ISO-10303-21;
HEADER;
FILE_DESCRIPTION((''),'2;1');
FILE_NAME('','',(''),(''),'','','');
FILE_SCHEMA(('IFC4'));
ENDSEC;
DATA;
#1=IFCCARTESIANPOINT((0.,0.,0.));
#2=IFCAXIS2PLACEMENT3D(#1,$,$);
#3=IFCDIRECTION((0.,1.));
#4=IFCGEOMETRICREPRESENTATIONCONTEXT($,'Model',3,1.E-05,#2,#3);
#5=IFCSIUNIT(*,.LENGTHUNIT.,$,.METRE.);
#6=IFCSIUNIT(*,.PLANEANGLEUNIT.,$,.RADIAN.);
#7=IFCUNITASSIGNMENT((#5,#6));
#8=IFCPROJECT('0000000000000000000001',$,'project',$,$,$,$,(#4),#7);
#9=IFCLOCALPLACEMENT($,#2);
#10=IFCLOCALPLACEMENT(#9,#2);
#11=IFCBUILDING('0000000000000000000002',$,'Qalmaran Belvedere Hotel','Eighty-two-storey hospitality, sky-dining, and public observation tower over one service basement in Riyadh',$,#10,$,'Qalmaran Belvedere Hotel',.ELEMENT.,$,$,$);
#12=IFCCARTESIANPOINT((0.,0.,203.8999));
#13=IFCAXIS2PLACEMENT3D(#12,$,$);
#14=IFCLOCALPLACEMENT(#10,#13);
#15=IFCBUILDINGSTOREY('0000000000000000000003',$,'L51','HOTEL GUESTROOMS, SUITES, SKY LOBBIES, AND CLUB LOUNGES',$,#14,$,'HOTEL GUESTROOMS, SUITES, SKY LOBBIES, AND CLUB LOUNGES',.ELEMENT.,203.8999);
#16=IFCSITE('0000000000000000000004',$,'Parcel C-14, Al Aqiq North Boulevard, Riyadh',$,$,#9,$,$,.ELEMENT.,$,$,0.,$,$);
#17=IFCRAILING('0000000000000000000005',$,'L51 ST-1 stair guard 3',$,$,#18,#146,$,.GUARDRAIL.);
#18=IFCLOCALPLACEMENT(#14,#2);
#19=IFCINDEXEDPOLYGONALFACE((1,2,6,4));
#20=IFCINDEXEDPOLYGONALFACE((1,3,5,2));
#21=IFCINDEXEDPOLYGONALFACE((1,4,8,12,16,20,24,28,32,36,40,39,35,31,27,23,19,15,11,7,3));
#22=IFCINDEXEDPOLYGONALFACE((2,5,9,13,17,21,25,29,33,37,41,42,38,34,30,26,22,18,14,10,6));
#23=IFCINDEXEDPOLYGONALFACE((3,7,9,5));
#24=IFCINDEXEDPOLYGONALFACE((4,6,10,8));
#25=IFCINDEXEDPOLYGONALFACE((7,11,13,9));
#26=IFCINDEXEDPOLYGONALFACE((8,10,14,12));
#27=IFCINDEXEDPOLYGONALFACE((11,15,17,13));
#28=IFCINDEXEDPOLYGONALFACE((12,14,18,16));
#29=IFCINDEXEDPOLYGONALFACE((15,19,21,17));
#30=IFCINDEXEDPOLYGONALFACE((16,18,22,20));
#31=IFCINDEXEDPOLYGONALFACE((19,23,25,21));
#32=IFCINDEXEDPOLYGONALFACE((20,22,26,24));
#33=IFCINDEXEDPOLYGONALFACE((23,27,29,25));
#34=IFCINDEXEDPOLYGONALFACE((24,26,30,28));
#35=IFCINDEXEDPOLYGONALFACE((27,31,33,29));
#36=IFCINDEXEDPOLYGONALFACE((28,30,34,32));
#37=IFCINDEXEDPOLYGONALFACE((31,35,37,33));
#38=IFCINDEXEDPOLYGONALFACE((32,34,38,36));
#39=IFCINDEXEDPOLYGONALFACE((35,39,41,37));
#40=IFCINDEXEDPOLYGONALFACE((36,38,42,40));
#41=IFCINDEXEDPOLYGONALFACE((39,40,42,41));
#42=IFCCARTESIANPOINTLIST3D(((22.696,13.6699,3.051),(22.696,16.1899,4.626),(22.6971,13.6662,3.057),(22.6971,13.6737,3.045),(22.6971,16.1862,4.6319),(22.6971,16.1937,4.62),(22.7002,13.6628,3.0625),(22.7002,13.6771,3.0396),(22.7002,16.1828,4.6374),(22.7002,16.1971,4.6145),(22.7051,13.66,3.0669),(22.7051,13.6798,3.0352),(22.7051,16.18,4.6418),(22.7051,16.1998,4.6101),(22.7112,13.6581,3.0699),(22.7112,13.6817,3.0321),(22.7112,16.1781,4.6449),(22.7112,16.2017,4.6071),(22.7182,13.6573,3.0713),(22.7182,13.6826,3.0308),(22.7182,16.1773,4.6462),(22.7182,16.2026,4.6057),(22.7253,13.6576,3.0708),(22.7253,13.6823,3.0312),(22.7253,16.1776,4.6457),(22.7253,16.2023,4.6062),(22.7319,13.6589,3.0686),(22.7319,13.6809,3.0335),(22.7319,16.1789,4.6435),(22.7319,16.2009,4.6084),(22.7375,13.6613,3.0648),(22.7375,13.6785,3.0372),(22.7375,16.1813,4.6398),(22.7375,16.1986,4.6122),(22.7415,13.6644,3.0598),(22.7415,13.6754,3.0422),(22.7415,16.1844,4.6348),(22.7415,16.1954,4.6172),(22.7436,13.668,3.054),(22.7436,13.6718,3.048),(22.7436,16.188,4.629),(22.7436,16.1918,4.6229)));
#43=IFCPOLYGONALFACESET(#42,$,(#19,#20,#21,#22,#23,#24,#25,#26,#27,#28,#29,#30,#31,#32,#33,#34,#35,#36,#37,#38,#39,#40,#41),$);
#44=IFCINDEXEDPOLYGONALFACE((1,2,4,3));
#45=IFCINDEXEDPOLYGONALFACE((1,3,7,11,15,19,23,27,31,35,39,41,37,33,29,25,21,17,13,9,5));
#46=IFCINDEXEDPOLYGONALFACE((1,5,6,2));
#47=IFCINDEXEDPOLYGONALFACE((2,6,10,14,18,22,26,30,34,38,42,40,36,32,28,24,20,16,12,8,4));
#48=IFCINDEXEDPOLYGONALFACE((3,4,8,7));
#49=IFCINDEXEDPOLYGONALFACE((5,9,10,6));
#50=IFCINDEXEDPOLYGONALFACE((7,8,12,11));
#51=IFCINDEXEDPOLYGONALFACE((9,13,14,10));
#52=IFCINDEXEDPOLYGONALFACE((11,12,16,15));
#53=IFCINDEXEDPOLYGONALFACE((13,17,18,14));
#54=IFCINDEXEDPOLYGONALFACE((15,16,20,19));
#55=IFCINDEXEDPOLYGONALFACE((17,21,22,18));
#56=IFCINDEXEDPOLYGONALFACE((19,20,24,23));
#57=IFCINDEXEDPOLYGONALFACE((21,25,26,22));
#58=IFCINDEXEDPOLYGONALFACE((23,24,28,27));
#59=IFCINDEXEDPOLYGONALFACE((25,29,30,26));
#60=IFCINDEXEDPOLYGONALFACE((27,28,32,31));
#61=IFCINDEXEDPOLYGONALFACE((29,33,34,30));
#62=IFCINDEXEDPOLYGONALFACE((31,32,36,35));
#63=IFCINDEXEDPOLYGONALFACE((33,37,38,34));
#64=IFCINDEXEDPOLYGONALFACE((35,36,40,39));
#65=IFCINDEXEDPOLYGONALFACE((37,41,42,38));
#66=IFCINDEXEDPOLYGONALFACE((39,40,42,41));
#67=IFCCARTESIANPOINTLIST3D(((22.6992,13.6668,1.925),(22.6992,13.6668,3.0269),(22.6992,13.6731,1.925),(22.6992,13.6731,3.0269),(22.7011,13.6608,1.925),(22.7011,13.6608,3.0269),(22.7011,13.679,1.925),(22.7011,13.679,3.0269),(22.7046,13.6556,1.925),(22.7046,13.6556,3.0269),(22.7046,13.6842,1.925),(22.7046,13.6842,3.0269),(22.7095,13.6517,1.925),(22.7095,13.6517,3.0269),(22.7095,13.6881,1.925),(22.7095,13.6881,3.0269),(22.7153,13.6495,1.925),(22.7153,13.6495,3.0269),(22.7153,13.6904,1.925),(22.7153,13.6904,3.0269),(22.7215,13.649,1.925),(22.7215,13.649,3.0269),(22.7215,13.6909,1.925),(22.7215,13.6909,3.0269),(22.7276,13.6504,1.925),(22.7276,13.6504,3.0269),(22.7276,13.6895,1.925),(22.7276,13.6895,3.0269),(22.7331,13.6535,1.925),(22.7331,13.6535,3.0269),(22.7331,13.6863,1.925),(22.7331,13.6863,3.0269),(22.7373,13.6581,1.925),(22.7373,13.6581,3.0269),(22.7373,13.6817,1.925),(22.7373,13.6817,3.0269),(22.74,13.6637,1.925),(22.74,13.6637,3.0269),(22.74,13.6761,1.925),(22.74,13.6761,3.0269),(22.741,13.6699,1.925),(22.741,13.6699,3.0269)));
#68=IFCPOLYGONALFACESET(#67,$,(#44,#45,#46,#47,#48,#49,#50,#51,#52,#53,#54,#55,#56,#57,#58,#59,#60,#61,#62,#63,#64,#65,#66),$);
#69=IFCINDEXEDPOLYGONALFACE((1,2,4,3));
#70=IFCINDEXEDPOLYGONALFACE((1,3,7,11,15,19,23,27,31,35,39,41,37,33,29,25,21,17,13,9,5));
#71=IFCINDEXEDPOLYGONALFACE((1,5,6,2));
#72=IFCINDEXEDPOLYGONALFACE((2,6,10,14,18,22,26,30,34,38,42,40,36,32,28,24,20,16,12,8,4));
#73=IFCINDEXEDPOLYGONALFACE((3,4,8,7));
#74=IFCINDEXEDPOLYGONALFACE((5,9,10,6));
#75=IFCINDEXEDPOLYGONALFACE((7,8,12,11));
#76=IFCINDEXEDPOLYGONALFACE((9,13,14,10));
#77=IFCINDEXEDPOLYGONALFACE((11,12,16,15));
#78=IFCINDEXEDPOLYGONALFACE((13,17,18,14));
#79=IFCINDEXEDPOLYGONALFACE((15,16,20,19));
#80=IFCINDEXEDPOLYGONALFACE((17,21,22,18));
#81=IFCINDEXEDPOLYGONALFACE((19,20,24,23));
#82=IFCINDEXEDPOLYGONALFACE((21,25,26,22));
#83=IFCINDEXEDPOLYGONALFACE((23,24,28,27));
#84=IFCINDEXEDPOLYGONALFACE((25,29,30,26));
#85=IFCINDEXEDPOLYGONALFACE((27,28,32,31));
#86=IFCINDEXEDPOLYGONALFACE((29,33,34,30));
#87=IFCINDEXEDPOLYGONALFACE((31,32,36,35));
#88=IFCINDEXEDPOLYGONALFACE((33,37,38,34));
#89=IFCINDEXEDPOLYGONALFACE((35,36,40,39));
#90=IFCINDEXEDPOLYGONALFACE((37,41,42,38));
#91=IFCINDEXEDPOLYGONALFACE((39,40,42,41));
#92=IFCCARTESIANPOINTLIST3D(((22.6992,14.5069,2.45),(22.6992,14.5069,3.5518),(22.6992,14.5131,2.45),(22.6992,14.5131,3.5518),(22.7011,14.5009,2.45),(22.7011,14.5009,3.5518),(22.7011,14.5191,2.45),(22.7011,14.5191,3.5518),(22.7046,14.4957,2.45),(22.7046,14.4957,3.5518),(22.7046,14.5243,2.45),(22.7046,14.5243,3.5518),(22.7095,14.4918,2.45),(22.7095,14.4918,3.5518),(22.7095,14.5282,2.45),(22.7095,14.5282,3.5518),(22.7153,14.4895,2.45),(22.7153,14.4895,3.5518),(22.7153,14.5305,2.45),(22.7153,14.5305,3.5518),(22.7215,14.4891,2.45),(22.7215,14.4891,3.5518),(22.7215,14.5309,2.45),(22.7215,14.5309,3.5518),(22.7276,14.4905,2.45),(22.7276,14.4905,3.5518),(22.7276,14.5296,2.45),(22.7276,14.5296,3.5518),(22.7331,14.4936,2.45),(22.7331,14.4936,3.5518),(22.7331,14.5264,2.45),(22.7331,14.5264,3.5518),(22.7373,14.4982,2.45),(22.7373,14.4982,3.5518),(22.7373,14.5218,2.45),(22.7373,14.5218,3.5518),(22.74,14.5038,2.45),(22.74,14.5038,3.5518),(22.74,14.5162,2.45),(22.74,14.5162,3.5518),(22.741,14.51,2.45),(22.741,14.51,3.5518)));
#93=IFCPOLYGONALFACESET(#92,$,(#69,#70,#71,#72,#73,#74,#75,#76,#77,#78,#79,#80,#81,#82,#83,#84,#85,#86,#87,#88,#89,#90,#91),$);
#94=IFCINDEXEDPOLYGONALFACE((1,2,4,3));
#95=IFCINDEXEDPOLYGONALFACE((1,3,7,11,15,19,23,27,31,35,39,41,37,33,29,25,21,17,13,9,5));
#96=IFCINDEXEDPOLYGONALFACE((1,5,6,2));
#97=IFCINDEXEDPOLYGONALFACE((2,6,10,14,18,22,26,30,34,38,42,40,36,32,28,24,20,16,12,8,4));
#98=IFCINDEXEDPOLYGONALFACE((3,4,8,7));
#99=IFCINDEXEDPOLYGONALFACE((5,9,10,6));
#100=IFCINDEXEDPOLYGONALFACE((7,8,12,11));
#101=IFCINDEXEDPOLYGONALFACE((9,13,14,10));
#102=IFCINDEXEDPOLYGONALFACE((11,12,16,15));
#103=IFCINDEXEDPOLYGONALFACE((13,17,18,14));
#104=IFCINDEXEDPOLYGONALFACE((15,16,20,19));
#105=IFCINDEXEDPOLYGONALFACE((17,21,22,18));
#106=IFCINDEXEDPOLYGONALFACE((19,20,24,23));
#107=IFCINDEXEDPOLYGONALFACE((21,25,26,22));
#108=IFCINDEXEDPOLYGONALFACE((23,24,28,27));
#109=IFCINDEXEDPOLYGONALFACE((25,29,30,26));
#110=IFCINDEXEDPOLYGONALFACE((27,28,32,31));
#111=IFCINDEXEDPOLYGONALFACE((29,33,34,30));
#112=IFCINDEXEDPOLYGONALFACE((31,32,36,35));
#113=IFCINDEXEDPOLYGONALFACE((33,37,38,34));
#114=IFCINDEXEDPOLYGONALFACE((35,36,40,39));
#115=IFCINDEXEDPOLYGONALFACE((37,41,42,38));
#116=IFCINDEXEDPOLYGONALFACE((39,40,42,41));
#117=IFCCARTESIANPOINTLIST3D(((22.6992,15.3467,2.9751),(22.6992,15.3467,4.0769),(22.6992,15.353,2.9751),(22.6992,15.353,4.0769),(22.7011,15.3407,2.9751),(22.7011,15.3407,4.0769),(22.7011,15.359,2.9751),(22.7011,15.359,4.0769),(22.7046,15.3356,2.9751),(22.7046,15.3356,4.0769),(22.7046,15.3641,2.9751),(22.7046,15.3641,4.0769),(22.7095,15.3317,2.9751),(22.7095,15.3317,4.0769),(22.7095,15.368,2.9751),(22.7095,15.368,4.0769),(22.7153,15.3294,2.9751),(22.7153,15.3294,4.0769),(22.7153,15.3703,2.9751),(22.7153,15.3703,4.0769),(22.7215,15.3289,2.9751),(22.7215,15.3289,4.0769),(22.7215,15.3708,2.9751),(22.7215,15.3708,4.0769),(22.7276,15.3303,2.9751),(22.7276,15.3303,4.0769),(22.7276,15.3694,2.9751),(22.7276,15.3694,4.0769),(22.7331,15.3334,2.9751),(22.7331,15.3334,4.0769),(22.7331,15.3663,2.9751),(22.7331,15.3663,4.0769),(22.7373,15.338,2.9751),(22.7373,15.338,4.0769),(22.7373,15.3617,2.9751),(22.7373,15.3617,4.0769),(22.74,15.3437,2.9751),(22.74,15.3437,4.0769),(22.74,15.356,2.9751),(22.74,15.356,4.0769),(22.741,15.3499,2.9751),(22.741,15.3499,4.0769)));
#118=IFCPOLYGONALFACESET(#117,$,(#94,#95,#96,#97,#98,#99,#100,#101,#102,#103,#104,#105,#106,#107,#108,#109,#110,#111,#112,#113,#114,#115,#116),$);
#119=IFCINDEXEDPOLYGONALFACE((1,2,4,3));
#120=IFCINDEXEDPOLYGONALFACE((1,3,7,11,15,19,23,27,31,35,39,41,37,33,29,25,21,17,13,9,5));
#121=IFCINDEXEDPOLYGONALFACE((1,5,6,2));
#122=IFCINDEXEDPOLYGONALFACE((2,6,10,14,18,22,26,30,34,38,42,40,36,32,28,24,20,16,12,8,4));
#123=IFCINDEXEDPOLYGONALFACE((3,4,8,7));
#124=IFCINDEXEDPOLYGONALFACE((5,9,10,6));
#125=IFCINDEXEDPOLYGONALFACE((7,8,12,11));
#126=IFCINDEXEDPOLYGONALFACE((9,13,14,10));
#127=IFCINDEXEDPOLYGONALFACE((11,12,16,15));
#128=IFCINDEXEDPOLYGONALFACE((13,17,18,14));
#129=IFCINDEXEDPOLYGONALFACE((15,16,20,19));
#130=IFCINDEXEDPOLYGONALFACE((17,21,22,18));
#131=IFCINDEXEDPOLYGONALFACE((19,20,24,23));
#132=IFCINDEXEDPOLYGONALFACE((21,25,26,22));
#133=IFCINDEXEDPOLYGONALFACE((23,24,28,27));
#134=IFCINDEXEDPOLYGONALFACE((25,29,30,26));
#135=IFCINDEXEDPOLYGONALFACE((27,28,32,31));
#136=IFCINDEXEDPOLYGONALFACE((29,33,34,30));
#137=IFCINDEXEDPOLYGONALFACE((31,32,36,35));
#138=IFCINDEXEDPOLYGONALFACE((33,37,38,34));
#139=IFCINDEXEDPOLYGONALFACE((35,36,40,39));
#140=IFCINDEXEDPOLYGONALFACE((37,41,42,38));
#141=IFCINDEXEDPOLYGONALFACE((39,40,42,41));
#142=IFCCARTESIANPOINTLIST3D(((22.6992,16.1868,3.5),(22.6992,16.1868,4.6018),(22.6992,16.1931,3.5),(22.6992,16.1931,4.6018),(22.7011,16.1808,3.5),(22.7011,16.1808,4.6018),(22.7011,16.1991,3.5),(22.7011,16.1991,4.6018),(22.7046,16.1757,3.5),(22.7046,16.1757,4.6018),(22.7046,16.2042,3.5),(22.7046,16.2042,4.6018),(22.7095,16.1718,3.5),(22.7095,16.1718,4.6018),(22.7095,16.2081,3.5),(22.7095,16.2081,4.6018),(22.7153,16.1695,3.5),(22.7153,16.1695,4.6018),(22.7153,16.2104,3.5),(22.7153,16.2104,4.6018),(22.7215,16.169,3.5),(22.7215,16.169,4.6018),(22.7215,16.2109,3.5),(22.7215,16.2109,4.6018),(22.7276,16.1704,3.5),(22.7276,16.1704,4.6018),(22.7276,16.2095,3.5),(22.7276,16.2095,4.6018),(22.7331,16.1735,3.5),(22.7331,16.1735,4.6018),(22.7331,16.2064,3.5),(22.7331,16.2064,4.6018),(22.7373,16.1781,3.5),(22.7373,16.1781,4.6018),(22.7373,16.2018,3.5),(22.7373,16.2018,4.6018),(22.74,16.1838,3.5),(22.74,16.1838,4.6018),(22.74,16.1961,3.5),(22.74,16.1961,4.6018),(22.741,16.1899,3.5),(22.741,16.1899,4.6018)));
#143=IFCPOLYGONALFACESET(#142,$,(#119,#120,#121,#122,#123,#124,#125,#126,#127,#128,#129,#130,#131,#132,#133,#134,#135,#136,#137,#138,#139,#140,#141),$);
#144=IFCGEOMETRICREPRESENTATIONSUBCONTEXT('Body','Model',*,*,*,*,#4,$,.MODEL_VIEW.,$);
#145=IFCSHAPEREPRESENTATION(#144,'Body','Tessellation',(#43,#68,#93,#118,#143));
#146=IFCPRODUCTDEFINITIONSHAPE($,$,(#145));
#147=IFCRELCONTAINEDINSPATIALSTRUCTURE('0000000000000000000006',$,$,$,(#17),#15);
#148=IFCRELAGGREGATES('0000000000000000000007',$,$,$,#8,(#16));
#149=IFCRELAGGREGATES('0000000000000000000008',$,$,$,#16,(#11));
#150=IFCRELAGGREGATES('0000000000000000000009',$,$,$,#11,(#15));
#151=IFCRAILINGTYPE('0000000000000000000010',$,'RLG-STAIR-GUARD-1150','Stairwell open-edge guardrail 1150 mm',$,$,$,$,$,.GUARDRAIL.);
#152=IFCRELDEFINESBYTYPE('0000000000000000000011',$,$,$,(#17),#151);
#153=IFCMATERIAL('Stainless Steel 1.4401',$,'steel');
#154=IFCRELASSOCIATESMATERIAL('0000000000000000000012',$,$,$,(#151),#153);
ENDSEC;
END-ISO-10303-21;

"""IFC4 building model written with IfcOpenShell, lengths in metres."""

from ifc_helpers import new_model, si_unit, direction, frame, origin, origin_2d, place, context, subcontext, project, spatial, circle, extrude, material, type_object, element, save


model = new_model("IFC4")

# Units and contexts
model_context = context("Model", 3, precision=1e-05, world=origin(), true_north=direction((0.0, 1.0)))
body_context = subcontext(model_context, "Body", "Model", "MODEL_VIEW")
ifc_project = project(units=[si_unit("LENGTHUNIT", "METRE"), si_unit("PLANEANGLEUNIT", "RADIAN")], contexts=[model_context])

# Site, building, storey
site_placement = place(None, origin())
site = spatial("IfcSite", under=ifc_project, at=site_placement, Name="Parcel C-14, Al Aqiq North Boulevard, Riyadh", CompositionType="ELEMENT", RefElevation=0.0)
building_placement = place(site_placement, origin())
building = spatial("IfcBuilding", under=site, at=building_placement, Name="Qalmaran Belvedere Hotel", Description="Eighty-two-storey hospitality, sky-dining, and public observation tower over one service basement in Riyadh", LongName="Qalmaran Belvedere Hotel", CompositionType="ELEMENT")
storey_placement = place(building_placement, frame((0.0, 0.0, 203.8999)))
storey = spatial("IfcBuildingStorey", under=building, at=storey_placement, Name="L51", Description="HOTEL GUESTROOMS, SUITES, SKY LOBBIES, AND CLUB LOUNGES", LongName="HOTEL GUESTROOMS, SUITES, SKY LOBBIES, AND CLUB LOUNGES", CompositionType="ELEMENT", Elevation=203.8999)

# Shared definitions
ifc_material_1 = material(Name="Stainless Steel 1.4401", Category="steel")

# Railing
railing_type_1 = type_object("IfcRailingType", Name="RLG-STAIR-GUARD-1150", Description="Stairwell open-edge guardrail 1150 mm", PredefinedType="GUARDRAIL", material=ifc_material_1)
railing_1_placement = place(storey_placement, frame((22.72, 13.6699, 1.925)))
element("IfcRailing", 1, at=railing_1_placement, inside=storey, type_object=railing_type_1, Name="L51 ST-1 stair guard 3", PredefinedType="GUARDRAIL", context=body_context, shape_type="SweptSolid", body=[
    extrude(circle(Radius=0.0239, at=origin_2d()), frame((0.0, 0.0, 1.126), z_axis=(0.0, 0.848008, 0.529984), x_axis=(-1.0, 0.0, 0.0)), (0.0, 0.0, 1.0), 2.9717),
    extrude(circle(Radius=0.021, at=origin_2d()), origin(), (0.0, 0.0, 1.0), 1.1018),
    extrude(circle(Radius=0.021, at=origin_2d()), frame((0.0, 0.8401, 0.5249)), (0.0, 0.0, 1.0), 1.1018),
    extrude(circle(Radius=0.021, at=origin_2d()), frame((0.0, 1.6799, 1.05)), (0.0, 0.0, 1.0), 1.1018),
    extrude(circle(Radius=0.021, at=origin_2d()), frame((0.0, 2.52, 1.575)), (0.0, 0.0, 1.0), 1.1018),
])

save(model, "model.ifc")
